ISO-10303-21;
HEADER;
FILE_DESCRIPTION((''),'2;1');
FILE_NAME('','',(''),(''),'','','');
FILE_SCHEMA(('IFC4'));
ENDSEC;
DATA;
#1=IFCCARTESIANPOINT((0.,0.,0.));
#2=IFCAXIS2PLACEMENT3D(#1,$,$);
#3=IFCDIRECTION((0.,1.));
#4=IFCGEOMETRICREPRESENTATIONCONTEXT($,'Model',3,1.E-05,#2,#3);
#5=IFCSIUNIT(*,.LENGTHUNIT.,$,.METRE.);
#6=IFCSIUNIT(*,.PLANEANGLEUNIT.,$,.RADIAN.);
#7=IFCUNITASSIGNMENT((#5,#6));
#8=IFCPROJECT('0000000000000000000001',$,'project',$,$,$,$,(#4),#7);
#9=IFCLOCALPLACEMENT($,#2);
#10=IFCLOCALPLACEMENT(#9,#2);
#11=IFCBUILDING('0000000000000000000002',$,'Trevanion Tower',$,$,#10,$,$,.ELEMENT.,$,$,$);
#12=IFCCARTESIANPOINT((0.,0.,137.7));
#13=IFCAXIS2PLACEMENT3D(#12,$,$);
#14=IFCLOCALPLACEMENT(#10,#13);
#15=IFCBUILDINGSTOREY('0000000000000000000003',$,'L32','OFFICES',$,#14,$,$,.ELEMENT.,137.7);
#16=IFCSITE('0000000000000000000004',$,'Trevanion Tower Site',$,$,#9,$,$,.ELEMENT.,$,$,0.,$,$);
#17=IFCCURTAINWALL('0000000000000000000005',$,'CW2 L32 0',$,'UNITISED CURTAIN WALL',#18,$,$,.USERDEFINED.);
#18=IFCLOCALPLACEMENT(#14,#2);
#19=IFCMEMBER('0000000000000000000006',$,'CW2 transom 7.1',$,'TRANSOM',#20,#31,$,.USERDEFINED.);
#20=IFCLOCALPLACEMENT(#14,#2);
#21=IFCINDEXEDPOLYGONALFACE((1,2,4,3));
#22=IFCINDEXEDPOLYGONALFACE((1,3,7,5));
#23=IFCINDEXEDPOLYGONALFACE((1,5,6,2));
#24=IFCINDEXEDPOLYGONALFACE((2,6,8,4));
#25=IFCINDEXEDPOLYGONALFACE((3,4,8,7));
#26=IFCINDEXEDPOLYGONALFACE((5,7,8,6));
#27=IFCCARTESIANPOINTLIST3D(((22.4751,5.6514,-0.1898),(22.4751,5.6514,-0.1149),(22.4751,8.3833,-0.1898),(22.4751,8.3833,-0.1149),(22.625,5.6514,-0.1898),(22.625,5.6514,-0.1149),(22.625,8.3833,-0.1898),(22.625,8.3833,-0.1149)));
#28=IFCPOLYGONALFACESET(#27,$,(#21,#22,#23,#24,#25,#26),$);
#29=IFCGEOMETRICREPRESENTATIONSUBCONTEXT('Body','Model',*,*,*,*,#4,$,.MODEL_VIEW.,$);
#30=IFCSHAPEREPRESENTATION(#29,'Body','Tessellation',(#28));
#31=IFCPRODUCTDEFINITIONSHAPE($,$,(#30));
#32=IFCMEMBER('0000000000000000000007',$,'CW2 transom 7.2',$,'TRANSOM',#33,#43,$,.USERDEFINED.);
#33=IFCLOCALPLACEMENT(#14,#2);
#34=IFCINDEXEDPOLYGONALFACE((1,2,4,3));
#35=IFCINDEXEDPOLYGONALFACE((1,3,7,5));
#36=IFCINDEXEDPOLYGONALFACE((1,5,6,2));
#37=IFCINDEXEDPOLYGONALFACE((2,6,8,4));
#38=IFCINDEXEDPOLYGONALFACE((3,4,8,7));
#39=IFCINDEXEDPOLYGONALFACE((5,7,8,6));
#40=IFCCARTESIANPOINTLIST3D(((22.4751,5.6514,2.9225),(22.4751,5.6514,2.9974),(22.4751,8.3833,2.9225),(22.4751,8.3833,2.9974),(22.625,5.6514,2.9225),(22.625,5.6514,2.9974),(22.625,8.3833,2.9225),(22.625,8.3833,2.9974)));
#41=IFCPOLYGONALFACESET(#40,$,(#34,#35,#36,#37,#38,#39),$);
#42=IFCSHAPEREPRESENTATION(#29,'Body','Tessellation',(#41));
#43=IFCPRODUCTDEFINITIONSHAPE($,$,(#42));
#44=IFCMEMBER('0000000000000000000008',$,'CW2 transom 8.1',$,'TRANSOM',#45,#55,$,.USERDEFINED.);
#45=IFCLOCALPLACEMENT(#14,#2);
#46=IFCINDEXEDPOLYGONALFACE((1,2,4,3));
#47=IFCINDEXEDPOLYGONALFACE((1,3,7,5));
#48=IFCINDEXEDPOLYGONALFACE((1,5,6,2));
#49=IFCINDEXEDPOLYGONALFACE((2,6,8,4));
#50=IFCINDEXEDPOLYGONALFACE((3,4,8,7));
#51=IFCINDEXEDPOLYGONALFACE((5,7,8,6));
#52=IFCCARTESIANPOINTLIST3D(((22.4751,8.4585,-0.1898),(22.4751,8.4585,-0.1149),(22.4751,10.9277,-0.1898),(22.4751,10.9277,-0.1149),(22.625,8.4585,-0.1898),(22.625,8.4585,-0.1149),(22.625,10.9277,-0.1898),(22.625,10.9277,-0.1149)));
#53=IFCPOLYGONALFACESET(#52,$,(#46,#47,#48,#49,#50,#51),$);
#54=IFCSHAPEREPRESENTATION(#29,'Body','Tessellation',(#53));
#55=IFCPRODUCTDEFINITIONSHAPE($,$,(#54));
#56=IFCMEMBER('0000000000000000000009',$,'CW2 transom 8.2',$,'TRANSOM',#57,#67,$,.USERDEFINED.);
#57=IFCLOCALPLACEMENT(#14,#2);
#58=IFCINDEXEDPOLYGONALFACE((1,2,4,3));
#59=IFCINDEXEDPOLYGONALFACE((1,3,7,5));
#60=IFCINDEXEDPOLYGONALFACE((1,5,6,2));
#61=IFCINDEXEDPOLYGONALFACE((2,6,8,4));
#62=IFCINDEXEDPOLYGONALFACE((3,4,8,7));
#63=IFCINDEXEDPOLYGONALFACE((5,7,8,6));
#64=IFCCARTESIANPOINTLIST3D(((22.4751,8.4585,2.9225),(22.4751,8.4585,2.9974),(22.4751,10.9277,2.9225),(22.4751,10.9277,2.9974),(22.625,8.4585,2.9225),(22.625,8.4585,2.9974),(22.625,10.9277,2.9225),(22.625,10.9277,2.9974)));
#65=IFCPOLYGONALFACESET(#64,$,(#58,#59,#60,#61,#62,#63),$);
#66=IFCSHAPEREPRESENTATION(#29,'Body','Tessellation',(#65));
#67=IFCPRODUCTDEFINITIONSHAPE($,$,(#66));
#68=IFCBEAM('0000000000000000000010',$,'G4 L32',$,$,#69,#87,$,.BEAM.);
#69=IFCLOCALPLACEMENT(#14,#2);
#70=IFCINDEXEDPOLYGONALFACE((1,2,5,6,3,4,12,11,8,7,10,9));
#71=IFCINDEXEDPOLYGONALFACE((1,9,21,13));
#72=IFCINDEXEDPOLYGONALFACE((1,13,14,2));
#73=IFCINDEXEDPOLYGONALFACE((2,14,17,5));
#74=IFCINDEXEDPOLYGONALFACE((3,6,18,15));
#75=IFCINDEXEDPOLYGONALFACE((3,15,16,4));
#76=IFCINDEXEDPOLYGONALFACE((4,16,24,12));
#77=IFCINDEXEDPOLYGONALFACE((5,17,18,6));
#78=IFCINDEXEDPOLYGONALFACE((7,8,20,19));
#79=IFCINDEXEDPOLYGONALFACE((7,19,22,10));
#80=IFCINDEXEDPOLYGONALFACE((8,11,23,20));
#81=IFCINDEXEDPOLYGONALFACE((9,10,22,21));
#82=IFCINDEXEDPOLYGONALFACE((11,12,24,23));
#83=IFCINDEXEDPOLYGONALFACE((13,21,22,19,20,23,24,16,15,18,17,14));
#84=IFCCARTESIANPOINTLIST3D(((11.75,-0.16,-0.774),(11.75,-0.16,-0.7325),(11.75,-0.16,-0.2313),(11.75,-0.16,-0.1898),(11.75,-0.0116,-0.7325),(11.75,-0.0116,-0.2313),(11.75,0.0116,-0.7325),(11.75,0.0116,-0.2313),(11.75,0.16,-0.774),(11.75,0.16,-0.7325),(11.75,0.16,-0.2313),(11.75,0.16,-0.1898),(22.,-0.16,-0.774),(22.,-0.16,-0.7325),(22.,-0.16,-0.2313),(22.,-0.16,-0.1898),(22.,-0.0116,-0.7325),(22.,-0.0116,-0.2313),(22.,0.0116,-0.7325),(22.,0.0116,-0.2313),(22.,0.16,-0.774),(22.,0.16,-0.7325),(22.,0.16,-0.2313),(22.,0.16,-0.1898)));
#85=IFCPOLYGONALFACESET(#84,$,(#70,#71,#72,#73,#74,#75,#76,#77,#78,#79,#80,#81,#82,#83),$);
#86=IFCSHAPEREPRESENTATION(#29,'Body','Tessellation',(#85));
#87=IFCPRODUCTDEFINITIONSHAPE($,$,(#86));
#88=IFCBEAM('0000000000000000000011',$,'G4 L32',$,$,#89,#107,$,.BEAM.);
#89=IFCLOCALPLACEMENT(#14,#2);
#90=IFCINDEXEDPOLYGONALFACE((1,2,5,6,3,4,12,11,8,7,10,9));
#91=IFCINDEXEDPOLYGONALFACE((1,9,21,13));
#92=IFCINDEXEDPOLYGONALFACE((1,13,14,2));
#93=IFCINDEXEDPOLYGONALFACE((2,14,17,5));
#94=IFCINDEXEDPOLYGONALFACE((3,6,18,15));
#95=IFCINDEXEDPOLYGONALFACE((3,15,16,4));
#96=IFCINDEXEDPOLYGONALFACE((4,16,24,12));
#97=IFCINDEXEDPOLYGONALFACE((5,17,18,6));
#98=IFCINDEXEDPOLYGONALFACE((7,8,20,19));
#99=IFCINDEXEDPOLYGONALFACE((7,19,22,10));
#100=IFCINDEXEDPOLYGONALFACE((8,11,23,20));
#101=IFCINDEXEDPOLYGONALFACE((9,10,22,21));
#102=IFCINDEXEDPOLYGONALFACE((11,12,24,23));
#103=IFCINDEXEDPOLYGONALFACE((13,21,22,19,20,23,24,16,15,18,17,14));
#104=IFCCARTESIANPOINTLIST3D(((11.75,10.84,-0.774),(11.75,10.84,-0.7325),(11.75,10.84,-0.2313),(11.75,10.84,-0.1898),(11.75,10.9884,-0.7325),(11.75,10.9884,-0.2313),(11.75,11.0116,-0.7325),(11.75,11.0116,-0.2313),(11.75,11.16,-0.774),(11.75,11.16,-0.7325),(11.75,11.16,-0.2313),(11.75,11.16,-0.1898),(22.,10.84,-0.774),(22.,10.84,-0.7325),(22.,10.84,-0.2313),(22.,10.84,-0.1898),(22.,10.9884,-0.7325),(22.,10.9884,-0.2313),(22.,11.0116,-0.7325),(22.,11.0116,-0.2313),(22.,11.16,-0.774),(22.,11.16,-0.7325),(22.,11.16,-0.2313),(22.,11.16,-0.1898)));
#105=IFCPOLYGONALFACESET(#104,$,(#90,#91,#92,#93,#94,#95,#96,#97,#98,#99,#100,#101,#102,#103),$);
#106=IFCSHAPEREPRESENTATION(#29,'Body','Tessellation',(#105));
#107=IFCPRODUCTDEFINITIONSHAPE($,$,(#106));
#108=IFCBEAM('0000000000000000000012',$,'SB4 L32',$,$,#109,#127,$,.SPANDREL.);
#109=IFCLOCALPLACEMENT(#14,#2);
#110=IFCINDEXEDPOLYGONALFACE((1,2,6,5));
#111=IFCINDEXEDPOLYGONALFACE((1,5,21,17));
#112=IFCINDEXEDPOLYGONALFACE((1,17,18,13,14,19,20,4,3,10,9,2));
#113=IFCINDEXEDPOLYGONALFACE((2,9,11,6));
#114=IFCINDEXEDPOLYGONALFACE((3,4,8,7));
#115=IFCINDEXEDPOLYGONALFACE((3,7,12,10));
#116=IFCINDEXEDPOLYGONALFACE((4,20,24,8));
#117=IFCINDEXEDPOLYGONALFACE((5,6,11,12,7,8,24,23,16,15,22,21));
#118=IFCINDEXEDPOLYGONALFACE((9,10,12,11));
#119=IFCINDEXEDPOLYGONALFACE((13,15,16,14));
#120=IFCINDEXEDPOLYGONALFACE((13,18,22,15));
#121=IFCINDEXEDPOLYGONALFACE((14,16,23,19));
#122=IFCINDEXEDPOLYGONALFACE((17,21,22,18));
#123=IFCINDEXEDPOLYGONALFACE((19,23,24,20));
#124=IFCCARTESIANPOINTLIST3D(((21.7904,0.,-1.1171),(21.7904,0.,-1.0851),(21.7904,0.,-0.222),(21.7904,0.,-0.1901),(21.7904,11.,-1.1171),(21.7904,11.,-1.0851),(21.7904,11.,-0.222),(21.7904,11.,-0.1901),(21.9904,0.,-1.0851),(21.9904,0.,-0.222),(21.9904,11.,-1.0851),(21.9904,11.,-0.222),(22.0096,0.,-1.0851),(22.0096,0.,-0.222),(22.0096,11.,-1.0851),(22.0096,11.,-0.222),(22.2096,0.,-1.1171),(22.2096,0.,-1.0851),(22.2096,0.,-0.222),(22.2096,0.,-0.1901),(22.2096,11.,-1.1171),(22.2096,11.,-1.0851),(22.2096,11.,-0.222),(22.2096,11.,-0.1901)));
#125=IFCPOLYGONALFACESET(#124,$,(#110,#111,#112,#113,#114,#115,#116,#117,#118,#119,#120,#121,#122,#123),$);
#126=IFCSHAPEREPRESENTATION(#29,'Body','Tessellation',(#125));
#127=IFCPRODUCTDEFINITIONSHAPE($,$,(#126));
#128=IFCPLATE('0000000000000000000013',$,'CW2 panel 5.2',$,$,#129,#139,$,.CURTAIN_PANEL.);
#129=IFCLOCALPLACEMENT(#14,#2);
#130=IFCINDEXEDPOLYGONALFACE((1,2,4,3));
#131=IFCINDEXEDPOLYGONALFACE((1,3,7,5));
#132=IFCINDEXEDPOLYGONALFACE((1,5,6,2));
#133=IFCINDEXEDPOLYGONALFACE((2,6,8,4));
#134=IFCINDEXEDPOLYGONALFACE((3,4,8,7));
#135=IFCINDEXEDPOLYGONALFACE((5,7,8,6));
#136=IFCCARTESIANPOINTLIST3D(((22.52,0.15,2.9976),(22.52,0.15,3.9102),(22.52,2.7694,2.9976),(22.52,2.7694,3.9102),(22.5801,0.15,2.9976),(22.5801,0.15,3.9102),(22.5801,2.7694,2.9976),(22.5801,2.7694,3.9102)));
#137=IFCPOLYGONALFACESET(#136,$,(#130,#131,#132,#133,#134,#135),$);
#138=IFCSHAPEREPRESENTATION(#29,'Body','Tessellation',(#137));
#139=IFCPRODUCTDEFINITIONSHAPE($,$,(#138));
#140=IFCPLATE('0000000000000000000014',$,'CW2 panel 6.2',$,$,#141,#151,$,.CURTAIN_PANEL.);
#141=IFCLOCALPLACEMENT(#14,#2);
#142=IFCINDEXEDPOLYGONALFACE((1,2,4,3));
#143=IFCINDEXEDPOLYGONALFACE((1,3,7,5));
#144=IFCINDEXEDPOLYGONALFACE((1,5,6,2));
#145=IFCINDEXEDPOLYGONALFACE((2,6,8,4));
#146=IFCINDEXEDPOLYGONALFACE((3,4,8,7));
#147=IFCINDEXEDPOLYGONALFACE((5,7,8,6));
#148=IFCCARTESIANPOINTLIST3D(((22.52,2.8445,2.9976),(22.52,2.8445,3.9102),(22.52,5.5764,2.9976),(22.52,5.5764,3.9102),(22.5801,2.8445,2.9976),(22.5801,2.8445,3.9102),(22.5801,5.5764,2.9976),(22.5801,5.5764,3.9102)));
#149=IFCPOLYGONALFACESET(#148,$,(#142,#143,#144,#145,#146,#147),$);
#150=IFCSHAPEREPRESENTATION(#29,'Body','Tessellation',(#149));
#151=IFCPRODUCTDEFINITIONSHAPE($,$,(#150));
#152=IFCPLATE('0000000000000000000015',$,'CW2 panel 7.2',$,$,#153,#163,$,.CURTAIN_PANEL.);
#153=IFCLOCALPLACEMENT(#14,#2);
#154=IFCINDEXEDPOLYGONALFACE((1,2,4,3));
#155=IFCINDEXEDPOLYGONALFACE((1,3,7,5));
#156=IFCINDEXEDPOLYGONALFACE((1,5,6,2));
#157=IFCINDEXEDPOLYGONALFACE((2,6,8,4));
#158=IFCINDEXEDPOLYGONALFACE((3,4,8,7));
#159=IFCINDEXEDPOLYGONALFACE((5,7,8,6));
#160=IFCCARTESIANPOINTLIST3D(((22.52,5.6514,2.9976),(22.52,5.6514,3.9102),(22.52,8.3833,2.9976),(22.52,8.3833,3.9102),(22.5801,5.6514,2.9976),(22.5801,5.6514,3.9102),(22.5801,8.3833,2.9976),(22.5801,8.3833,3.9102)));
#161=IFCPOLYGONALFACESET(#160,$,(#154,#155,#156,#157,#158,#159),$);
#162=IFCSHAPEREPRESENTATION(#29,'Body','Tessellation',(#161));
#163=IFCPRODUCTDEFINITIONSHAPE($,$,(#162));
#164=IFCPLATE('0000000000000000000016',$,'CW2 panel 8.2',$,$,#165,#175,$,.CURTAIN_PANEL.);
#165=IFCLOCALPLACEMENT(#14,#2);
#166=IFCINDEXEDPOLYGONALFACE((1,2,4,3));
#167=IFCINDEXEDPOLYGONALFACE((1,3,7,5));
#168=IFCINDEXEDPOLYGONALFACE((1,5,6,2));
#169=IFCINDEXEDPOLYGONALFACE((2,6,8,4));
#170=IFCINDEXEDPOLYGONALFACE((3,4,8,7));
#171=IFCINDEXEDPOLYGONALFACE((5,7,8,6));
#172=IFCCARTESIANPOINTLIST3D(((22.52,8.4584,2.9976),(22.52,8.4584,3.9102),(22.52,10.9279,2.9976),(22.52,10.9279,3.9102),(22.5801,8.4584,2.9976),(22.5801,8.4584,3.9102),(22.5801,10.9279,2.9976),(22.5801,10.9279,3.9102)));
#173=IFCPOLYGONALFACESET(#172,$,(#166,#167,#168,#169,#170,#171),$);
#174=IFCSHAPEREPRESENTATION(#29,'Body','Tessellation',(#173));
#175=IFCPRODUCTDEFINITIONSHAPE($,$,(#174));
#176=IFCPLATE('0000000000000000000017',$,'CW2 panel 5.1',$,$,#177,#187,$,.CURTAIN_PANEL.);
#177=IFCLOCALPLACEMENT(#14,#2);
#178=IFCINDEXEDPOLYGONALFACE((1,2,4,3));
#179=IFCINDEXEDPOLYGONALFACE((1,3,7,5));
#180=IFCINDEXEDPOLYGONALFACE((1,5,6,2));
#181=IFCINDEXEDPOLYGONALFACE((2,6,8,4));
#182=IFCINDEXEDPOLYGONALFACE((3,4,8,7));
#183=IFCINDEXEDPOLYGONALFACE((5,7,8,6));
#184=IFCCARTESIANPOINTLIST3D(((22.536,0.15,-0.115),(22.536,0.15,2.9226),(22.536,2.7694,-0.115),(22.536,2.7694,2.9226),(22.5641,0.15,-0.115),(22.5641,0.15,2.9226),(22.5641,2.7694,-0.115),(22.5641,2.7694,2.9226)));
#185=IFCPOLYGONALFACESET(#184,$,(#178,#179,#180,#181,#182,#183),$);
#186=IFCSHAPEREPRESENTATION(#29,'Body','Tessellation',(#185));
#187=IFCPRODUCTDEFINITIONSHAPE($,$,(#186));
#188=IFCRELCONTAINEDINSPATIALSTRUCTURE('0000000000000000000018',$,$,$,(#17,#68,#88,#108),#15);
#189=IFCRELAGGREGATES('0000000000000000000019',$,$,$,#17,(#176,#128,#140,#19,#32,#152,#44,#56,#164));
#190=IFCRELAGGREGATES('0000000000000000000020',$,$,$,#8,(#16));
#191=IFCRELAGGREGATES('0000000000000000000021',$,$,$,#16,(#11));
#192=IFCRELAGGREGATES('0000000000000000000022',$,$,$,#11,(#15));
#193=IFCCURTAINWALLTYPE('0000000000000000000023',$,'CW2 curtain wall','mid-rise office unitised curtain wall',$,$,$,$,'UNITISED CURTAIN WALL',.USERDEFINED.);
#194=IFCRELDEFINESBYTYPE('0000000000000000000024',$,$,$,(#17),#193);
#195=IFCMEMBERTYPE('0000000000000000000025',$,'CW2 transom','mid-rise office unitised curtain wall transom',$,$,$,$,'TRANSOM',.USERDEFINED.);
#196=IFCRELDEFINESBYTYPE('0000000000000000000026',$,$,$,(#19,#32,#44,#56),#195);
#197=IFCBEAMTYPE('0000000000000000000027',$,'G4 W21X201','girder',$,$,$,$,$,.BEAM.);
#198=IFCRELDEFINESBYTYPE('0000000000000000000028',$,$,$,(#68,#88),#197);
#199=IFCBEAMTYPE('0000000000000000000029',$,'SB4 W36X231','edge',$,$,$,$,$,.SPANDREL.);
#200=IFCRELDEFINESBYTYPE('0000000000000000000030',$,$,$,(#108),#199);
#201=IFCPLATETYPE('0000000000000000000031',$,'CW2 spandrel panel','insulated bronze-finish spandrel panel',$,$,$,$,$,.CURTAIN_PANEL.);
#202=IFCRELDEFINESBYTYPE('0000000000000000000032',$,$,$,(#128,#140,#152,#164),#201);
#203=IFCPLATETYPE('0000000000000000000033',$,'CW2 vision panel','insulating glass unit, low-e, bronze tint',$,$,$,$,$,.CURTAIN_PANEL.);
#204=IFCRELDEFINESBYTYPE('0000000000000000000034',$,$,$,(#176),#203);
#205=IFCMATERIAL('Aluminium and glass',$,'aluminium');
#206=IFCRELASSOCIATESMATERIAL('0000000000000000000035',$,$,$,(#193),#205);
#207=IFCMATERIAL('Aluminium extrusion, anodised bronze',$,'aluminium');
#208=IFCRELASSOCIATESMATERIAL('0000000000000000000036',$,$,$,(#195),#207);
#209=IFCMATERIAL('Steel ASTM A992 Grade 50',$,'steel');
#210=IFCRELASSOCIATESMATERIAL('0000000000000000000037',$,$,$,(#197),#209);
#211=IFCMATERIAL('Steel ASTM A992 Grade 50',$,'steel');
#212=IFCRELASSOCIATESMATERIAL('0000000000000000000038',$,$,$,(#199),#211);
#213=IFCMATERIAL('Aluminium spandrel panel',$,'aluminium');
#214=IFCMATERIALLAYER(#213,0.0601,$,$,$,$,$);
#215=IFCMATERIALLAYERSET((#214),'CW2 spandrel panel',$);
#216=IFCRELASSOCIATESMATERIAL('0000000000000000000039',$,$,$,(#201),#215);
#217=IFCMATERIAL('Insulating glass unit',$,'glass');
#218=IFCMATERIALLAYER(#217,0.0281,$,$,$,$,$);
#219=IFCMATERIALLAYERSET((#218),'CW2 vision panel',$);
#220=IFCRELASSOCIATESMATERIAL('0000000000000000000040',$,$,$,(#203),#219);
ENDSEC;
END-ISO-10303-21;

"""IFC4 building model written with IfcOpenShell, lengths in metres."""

from ifc_helpers import new_model, si_unit, direction, frame, origin, origin_2d, place, context, subcontext, project, spatial, rectangle, i_section, extrude, material, layer, layer_set, material_profile, profile_set, type_object, element, aggregate, save


model = new_model("IFC4")

# Units and contexts
model_context = context("Model", 3, precision=1e-05, world=origin(), true_north=direction((0.0, 1.0)))
body_context = subcontext(model_context, "Body", "Model", "MODEL_VIEW")
ifc_project = project(units=[si_unit("LENGTHUNIT", "METRE"), si_unit("PLANEANGLEUNIT", "RADIAN")], contexts=[model_context])

# Site, building, storey
site_placement = place(None, origin())
site = spatial("IfcSite", under=ifc_project, at=site_placement, Name="Trevanion Tower Site", CompositionType="ELEMENT", RefElevation=0.0)
building_placement = place(site_placement, origin())
building = spatial("IfcBuilding", under=site, at=building_placement, Name="Trevanion Tower", CompositionType="ELEMENT")
storey_placement = place(building_placement, frame((0.0, 0.0, 137.7)))
storey = spatial("IfcBuildingStorey", under=building, at=storey_placement, Name="L32", Description="OFFICES", CompositionType="ELEMENT", Elevation=137.7)

# Curtain wall, members
ifc_material_1 = material(Name="Aluminium and glass", Category="aluminium")
curtain_wall_type = type_object("IfcCurtainWallType", Name="CW2 curtain wall", Description="mid-rise office unitised curtain wall", ElementType="UNITISED CURTAIN WALL", PredefinedType="USERDEFINED", material=ifc_material_1)
curtain_wall_placement = place(storey_placement, origin())
curtain_wall = element("IfcCurtainWall", 1, at=curtain_wall_placement, inside=storey, type_object=curtain_wall_type, Name="CW2 L32 0", ObjectType="UNITISED CURTAIN WALL", PredefinedType="USERDEFINED")
ifc_material_2 = material(Name="Aluminium extrusion, anodised bronze", Category="aluminium")
ifc_material_profile_1 = material_profile(ifc_material_2, rectangle(XDim=0.1499, YDim=0.075, at=origin_2d()), Name="CW2 transom")
ifc_profile_set_1 = profile_set([ifc_material_profile_1], Name="Aluminium extrusion, anodised bronze")
member_type_1 = type_object("IfcMemberType", Name="CW2 transom", Description="mid-rise office unitised curtain wall transom", ElementType="TRANSOM", PredefinedType="USERDEFINED", material=ifc_profile_set_1)
member_1_placement = place(storey_placement, frame((22.55, 5.6514, -0.1523), z_axis=(0.0, 1.0, 0.0), x_axis=(-1.0, 0.0, 0.0)))
member_1 = element("IfcMember", 2, at=member_1_placement, type_object=member_type_1, Name="CW2 transom 7.1", ObjectType="TRANSOM", PredefinedType="USERDEFINED", context=body_context, shape_type="SweptSolid", body=[
    extrude(rectangle(XDim=0.1499, YDim=0.075, at=origin_2d()), origin(), (0.0, 0.0, 1.0), 2.7319),
])
member_2_placement = place(storey_placement, frame((22.55, 5.6514, 2.96), z_axis=(0.0, 1.0, 0.0), x_axis=(-1.0, 0.0, 0.0)))
member_2 = element("IfcMember", 3, at=member_2_placement, type_object=member_type_1, Name="CW2 transom 7.2", ObjectType="TRANSOM", PredefinedType="USERDEFINED", context=body_context, shape_type="SweptSolid", body=[
    extrude(rectangle(XDim=0.1499, YDim=0.075, at=origin_2d()), origin(), (0.0, 0.0, 1.0), 2.7319),
])
member_3_placement = place(storey_placement, frame((22.55, 8.4585, -0.1523), z_axis=(0.0, 1.0, 0.0), x_axis=(-1.0, 0.0, 0.0)))
member_3 = element("IfcMember", 4, at=member_3_placement, type_object=member_type_1, Name="CW2 transom 8.1", ObjectType="TRANSOM", PredefinedType="USERDEFINED", context=body_context, shape_type="SweptSolid", body=[
    extrude(rectangle(XDim=0.1499, YDim=0.075, at=origin_2d()), origin(), (0.0, 0.0, 1.0), 2.4692),
])
member_4_placement = place(storey_placement, frame((22.55, 8.4585, 2.96), z_axis=(0.0, 1.0, 0.0), x_axis=(-1.0, 0.0, 0.0)))
member_4 = element("IfcMember", 5, at=member_4_placement, type_object=member_type_1, Name="CW2 transom 8.2", ObjectType="TRANSOM", PredefinedType="USERDEFINED", context=body_context, shape_type="SweptSolid", body=[
    extrude(rectangle(XDim=0.1499, YDim=0.075, at=origin_2d()), origin(), (0.0, 0.0, 1.0), 2.4692),
])

# Beams
ifc_material_3 = material(Name="Steel ASTM A992 Grade 50", Category="steel")
ifc_material_profile_2 = material_profile(ifc_material_3, i_section(OverallWidth=0.3201, OverallDepth=0.5842, WebThickness=0.0232, FlangeThickness=0.0415, at=origin_2d()), Name="W21X201")
ifc_profile_set_2 = profile_set([ifc_material_profile_2], Name="Steel ASTM A992 Grade 50")
beam_type_1 = type_object("IfcBeamType", Name="G4 W21X201", Description="girder", PredefinedType="BEAM", material=ifc_profile_set_2)
for number, where, z_axis, x_axis, name in (
    (6, (11.75, 0.0, -0.4819), (1.0, 0.0, 0.0), (0.0, 1.0, 0.0), "G4 L32"),
    (7, (11.75, 11.0, -0.4819), (1.0, 0.0, 0.0), (0.0, 1.0, 0.0), "G4 L32"),
):
    element("IfcBeam", number, at=place(storey_placement, frame(where, z_axis=z_axis, x_axis=x_axis)), inside=storey, type_object=beam_type_1, Name=name, PredefinedType="BEAM", context=body_context, shape_type="SweptSolid", body=[
        extrude(i_section(OverallWidth=0.3201, OverallDepth=0.5842, WebThickness=0.0232, FlangeThickness=0.0415, at=origin_2d()), origin(), (0.0, 0.0, 1.0), 10.25),
    ])
ifc_material_4 = material(Name="Steel ASTM A992 Grade 50", Category="steel")
ifc_material_profile_3 = material_profile(ifc_material_4, i_section(OverallWidth=0.4192, OverallDepth=0.927, WebThickness=0.0193, FlangeThickness=0.032, at=origin_2d()), Name="W36X231")
ifc_profile_set_3 = profile_set([ifc_material_profile_3], Name="Steel ASTM A992 Grade 50")
beam_type_2 = type_object("IfcBeamType", Name="SB4 W36X231", Description="edge", PredefinedType="SPANDREL", material=ifc_profile_set_3)
beam_placement = place(storey_placement, frame((22.0, 0.0, -0.6536), z_axis=(0.0, 1.0, 0.0), x_axis=(-1.0, 0.0, 0.0)))
element("IfcBeam", 8, at=beam_placement, inside=storey, type_object=beam_type_2, Name="SB4 L32", PredefinedType="SPANDREL", context=body_context, shape_type="SweptSolid", body=[
    extrude(i_section(OverallWidth=0.4192, OverallDepth=0.927, WebThickness=0.0193, FlangeThickness=0.032, at=origin_2d()), origin(), (0.0, 0.0, 1.0), 11.0),
])

# Plates
ifc_material_5 = material(Name="Aluminium spandrel panel", Category="aluminium")
ifc_layer_1 = layer(ifc_material_5, 0.0601)
ifc_layer_set_1 = layer_set([ifc_layer_1], Name="CW2 spandrel panel")
plate_type_1 = type_object("IfcPlateType", Name="CW2 spandrel panel", Description="insulated bronze-finish spandrel panel", PredefinedType="CURTAIN_PANEL", material=ifc_layer_set_1)
plate_1_placement = place(storey_placement, frame((22.55, 1.4597, 2.9976), z_axis=(0.0, 0.0, 1.0), x_axis=(0.0, 1.0, 0.0)))
plate_1 = element("IfcPlate", 9, at=plate_1_placement, type_object=plate_type_1, Name="CW2 panel 5.2", PredefinedType="CURTAIN_PANEL", context=body_context, shape_type="SweptSolid", body=[
    extrude(rectangle(XDim=2.6194, YDim=0.0601, at=origin_2d()), origin(), (0.0, 0.0, 1.0), 0.9126),
])
plate_2_placement = place(storey_placement, frame((22.55, 4.2104, 2.9976), z_axis=(0.0, 0.0, 1.0), x_axis=(0.0, 1.0, 0.0)))
plate_2 = element("IfcPlate", 10, at=plate_2_placement, type_object=plate_type_1, Name="CW2 panel 6.2", PredefinedType="CURTAIN_PANEL", context=body_context, shape_type="SweptSolid", body=[
    extrude(rectangle(XDim=2.7319, YDim=0.0601, at=origin_2d()), origin(), (0.0, 0.0, 1.0), 0.9126),
])
plate_3_placement = place(storey_placement, frame((22.55, 7.0173, 2.9976), z_axis=(0.0, 0.0, 1.0), x_axis=(0.0, 1.0, 0.0)))
plate_3 = element("IfcPlate", 11, at=plate_3_placement, type_object=plate_type_1, Name="CW2 panel 7.2", PredefinedType="CURTAIN_PANEL", context=body_context, shape_type="SweptSolid", body=[
    extrude(rectangle(XDim=2.7319, YDim=0.0601, at=origin_2d()), origin(), (0.0, 0.0, 1.0), 0.9126),
])
plate_4_placement = place(storey_placement, frame((22.55, 9.6931, 2.9976), z_axis=(0.0, 0.0, 1.0), x_axis=(0.0, 1.0, 0.0)))
plate_4 = element("IfcPlate", 12, at=plate_4_placement, type_object=plate_type_1, Name="CW2 panel 8.2", PredefinedType="CURTAIN_PANEL", context=body_context, shape_type="SweptSolid", body=[
    extrude(rectangle(XDim=2.4695, YDim=0.0601, at=origin_2d()), origin(), (0.0, 0.0, 1.0), 0.9126),
])
ifc_material_6 = material(Name="Insulating glass unit", Category="glass")
ifc_layer_2 = layer(ifc_material_6, 0.0281)
ifc_layer_set_2 = layer_set([ifc_layer_2], Name="CW2 vision panel")
plate_type_2 = type_object("IfcPlateType", Name="CW2 vision panel", Description="insulating glass unit, low-e, bronze tint", PredefinedType="CURTAIN_PANEL", material=ifc_layer_set_2)
plate_5_placement = place(storey_placement, frame((22.55, 1.4597, -0.115), z_axis=(0.0, 0.0, 1.0), x_axis=(0.0, 1.0, 0.0)))
plate_5 = element("IfcPlate", 13, at=plate_5_placement, type_object=plate_type_2, Name="CW2 panel 5.1", PredefinedType="CURTAIN_PANEL", context=body_context, shape_type="SweptSolid", body=[
    extrude(rectangle(XDim=2.6194, YDim=0.0281, at=origin_2d()), origin(), (0.0, 0.0, 1.0), 3.0376),
])
aggregate(curtain_wall, [plate_5, plate_1, plate_2, member_1, member_2, plate_3, member_3, member_4, plate_4])

save(model, "model.ifc")
